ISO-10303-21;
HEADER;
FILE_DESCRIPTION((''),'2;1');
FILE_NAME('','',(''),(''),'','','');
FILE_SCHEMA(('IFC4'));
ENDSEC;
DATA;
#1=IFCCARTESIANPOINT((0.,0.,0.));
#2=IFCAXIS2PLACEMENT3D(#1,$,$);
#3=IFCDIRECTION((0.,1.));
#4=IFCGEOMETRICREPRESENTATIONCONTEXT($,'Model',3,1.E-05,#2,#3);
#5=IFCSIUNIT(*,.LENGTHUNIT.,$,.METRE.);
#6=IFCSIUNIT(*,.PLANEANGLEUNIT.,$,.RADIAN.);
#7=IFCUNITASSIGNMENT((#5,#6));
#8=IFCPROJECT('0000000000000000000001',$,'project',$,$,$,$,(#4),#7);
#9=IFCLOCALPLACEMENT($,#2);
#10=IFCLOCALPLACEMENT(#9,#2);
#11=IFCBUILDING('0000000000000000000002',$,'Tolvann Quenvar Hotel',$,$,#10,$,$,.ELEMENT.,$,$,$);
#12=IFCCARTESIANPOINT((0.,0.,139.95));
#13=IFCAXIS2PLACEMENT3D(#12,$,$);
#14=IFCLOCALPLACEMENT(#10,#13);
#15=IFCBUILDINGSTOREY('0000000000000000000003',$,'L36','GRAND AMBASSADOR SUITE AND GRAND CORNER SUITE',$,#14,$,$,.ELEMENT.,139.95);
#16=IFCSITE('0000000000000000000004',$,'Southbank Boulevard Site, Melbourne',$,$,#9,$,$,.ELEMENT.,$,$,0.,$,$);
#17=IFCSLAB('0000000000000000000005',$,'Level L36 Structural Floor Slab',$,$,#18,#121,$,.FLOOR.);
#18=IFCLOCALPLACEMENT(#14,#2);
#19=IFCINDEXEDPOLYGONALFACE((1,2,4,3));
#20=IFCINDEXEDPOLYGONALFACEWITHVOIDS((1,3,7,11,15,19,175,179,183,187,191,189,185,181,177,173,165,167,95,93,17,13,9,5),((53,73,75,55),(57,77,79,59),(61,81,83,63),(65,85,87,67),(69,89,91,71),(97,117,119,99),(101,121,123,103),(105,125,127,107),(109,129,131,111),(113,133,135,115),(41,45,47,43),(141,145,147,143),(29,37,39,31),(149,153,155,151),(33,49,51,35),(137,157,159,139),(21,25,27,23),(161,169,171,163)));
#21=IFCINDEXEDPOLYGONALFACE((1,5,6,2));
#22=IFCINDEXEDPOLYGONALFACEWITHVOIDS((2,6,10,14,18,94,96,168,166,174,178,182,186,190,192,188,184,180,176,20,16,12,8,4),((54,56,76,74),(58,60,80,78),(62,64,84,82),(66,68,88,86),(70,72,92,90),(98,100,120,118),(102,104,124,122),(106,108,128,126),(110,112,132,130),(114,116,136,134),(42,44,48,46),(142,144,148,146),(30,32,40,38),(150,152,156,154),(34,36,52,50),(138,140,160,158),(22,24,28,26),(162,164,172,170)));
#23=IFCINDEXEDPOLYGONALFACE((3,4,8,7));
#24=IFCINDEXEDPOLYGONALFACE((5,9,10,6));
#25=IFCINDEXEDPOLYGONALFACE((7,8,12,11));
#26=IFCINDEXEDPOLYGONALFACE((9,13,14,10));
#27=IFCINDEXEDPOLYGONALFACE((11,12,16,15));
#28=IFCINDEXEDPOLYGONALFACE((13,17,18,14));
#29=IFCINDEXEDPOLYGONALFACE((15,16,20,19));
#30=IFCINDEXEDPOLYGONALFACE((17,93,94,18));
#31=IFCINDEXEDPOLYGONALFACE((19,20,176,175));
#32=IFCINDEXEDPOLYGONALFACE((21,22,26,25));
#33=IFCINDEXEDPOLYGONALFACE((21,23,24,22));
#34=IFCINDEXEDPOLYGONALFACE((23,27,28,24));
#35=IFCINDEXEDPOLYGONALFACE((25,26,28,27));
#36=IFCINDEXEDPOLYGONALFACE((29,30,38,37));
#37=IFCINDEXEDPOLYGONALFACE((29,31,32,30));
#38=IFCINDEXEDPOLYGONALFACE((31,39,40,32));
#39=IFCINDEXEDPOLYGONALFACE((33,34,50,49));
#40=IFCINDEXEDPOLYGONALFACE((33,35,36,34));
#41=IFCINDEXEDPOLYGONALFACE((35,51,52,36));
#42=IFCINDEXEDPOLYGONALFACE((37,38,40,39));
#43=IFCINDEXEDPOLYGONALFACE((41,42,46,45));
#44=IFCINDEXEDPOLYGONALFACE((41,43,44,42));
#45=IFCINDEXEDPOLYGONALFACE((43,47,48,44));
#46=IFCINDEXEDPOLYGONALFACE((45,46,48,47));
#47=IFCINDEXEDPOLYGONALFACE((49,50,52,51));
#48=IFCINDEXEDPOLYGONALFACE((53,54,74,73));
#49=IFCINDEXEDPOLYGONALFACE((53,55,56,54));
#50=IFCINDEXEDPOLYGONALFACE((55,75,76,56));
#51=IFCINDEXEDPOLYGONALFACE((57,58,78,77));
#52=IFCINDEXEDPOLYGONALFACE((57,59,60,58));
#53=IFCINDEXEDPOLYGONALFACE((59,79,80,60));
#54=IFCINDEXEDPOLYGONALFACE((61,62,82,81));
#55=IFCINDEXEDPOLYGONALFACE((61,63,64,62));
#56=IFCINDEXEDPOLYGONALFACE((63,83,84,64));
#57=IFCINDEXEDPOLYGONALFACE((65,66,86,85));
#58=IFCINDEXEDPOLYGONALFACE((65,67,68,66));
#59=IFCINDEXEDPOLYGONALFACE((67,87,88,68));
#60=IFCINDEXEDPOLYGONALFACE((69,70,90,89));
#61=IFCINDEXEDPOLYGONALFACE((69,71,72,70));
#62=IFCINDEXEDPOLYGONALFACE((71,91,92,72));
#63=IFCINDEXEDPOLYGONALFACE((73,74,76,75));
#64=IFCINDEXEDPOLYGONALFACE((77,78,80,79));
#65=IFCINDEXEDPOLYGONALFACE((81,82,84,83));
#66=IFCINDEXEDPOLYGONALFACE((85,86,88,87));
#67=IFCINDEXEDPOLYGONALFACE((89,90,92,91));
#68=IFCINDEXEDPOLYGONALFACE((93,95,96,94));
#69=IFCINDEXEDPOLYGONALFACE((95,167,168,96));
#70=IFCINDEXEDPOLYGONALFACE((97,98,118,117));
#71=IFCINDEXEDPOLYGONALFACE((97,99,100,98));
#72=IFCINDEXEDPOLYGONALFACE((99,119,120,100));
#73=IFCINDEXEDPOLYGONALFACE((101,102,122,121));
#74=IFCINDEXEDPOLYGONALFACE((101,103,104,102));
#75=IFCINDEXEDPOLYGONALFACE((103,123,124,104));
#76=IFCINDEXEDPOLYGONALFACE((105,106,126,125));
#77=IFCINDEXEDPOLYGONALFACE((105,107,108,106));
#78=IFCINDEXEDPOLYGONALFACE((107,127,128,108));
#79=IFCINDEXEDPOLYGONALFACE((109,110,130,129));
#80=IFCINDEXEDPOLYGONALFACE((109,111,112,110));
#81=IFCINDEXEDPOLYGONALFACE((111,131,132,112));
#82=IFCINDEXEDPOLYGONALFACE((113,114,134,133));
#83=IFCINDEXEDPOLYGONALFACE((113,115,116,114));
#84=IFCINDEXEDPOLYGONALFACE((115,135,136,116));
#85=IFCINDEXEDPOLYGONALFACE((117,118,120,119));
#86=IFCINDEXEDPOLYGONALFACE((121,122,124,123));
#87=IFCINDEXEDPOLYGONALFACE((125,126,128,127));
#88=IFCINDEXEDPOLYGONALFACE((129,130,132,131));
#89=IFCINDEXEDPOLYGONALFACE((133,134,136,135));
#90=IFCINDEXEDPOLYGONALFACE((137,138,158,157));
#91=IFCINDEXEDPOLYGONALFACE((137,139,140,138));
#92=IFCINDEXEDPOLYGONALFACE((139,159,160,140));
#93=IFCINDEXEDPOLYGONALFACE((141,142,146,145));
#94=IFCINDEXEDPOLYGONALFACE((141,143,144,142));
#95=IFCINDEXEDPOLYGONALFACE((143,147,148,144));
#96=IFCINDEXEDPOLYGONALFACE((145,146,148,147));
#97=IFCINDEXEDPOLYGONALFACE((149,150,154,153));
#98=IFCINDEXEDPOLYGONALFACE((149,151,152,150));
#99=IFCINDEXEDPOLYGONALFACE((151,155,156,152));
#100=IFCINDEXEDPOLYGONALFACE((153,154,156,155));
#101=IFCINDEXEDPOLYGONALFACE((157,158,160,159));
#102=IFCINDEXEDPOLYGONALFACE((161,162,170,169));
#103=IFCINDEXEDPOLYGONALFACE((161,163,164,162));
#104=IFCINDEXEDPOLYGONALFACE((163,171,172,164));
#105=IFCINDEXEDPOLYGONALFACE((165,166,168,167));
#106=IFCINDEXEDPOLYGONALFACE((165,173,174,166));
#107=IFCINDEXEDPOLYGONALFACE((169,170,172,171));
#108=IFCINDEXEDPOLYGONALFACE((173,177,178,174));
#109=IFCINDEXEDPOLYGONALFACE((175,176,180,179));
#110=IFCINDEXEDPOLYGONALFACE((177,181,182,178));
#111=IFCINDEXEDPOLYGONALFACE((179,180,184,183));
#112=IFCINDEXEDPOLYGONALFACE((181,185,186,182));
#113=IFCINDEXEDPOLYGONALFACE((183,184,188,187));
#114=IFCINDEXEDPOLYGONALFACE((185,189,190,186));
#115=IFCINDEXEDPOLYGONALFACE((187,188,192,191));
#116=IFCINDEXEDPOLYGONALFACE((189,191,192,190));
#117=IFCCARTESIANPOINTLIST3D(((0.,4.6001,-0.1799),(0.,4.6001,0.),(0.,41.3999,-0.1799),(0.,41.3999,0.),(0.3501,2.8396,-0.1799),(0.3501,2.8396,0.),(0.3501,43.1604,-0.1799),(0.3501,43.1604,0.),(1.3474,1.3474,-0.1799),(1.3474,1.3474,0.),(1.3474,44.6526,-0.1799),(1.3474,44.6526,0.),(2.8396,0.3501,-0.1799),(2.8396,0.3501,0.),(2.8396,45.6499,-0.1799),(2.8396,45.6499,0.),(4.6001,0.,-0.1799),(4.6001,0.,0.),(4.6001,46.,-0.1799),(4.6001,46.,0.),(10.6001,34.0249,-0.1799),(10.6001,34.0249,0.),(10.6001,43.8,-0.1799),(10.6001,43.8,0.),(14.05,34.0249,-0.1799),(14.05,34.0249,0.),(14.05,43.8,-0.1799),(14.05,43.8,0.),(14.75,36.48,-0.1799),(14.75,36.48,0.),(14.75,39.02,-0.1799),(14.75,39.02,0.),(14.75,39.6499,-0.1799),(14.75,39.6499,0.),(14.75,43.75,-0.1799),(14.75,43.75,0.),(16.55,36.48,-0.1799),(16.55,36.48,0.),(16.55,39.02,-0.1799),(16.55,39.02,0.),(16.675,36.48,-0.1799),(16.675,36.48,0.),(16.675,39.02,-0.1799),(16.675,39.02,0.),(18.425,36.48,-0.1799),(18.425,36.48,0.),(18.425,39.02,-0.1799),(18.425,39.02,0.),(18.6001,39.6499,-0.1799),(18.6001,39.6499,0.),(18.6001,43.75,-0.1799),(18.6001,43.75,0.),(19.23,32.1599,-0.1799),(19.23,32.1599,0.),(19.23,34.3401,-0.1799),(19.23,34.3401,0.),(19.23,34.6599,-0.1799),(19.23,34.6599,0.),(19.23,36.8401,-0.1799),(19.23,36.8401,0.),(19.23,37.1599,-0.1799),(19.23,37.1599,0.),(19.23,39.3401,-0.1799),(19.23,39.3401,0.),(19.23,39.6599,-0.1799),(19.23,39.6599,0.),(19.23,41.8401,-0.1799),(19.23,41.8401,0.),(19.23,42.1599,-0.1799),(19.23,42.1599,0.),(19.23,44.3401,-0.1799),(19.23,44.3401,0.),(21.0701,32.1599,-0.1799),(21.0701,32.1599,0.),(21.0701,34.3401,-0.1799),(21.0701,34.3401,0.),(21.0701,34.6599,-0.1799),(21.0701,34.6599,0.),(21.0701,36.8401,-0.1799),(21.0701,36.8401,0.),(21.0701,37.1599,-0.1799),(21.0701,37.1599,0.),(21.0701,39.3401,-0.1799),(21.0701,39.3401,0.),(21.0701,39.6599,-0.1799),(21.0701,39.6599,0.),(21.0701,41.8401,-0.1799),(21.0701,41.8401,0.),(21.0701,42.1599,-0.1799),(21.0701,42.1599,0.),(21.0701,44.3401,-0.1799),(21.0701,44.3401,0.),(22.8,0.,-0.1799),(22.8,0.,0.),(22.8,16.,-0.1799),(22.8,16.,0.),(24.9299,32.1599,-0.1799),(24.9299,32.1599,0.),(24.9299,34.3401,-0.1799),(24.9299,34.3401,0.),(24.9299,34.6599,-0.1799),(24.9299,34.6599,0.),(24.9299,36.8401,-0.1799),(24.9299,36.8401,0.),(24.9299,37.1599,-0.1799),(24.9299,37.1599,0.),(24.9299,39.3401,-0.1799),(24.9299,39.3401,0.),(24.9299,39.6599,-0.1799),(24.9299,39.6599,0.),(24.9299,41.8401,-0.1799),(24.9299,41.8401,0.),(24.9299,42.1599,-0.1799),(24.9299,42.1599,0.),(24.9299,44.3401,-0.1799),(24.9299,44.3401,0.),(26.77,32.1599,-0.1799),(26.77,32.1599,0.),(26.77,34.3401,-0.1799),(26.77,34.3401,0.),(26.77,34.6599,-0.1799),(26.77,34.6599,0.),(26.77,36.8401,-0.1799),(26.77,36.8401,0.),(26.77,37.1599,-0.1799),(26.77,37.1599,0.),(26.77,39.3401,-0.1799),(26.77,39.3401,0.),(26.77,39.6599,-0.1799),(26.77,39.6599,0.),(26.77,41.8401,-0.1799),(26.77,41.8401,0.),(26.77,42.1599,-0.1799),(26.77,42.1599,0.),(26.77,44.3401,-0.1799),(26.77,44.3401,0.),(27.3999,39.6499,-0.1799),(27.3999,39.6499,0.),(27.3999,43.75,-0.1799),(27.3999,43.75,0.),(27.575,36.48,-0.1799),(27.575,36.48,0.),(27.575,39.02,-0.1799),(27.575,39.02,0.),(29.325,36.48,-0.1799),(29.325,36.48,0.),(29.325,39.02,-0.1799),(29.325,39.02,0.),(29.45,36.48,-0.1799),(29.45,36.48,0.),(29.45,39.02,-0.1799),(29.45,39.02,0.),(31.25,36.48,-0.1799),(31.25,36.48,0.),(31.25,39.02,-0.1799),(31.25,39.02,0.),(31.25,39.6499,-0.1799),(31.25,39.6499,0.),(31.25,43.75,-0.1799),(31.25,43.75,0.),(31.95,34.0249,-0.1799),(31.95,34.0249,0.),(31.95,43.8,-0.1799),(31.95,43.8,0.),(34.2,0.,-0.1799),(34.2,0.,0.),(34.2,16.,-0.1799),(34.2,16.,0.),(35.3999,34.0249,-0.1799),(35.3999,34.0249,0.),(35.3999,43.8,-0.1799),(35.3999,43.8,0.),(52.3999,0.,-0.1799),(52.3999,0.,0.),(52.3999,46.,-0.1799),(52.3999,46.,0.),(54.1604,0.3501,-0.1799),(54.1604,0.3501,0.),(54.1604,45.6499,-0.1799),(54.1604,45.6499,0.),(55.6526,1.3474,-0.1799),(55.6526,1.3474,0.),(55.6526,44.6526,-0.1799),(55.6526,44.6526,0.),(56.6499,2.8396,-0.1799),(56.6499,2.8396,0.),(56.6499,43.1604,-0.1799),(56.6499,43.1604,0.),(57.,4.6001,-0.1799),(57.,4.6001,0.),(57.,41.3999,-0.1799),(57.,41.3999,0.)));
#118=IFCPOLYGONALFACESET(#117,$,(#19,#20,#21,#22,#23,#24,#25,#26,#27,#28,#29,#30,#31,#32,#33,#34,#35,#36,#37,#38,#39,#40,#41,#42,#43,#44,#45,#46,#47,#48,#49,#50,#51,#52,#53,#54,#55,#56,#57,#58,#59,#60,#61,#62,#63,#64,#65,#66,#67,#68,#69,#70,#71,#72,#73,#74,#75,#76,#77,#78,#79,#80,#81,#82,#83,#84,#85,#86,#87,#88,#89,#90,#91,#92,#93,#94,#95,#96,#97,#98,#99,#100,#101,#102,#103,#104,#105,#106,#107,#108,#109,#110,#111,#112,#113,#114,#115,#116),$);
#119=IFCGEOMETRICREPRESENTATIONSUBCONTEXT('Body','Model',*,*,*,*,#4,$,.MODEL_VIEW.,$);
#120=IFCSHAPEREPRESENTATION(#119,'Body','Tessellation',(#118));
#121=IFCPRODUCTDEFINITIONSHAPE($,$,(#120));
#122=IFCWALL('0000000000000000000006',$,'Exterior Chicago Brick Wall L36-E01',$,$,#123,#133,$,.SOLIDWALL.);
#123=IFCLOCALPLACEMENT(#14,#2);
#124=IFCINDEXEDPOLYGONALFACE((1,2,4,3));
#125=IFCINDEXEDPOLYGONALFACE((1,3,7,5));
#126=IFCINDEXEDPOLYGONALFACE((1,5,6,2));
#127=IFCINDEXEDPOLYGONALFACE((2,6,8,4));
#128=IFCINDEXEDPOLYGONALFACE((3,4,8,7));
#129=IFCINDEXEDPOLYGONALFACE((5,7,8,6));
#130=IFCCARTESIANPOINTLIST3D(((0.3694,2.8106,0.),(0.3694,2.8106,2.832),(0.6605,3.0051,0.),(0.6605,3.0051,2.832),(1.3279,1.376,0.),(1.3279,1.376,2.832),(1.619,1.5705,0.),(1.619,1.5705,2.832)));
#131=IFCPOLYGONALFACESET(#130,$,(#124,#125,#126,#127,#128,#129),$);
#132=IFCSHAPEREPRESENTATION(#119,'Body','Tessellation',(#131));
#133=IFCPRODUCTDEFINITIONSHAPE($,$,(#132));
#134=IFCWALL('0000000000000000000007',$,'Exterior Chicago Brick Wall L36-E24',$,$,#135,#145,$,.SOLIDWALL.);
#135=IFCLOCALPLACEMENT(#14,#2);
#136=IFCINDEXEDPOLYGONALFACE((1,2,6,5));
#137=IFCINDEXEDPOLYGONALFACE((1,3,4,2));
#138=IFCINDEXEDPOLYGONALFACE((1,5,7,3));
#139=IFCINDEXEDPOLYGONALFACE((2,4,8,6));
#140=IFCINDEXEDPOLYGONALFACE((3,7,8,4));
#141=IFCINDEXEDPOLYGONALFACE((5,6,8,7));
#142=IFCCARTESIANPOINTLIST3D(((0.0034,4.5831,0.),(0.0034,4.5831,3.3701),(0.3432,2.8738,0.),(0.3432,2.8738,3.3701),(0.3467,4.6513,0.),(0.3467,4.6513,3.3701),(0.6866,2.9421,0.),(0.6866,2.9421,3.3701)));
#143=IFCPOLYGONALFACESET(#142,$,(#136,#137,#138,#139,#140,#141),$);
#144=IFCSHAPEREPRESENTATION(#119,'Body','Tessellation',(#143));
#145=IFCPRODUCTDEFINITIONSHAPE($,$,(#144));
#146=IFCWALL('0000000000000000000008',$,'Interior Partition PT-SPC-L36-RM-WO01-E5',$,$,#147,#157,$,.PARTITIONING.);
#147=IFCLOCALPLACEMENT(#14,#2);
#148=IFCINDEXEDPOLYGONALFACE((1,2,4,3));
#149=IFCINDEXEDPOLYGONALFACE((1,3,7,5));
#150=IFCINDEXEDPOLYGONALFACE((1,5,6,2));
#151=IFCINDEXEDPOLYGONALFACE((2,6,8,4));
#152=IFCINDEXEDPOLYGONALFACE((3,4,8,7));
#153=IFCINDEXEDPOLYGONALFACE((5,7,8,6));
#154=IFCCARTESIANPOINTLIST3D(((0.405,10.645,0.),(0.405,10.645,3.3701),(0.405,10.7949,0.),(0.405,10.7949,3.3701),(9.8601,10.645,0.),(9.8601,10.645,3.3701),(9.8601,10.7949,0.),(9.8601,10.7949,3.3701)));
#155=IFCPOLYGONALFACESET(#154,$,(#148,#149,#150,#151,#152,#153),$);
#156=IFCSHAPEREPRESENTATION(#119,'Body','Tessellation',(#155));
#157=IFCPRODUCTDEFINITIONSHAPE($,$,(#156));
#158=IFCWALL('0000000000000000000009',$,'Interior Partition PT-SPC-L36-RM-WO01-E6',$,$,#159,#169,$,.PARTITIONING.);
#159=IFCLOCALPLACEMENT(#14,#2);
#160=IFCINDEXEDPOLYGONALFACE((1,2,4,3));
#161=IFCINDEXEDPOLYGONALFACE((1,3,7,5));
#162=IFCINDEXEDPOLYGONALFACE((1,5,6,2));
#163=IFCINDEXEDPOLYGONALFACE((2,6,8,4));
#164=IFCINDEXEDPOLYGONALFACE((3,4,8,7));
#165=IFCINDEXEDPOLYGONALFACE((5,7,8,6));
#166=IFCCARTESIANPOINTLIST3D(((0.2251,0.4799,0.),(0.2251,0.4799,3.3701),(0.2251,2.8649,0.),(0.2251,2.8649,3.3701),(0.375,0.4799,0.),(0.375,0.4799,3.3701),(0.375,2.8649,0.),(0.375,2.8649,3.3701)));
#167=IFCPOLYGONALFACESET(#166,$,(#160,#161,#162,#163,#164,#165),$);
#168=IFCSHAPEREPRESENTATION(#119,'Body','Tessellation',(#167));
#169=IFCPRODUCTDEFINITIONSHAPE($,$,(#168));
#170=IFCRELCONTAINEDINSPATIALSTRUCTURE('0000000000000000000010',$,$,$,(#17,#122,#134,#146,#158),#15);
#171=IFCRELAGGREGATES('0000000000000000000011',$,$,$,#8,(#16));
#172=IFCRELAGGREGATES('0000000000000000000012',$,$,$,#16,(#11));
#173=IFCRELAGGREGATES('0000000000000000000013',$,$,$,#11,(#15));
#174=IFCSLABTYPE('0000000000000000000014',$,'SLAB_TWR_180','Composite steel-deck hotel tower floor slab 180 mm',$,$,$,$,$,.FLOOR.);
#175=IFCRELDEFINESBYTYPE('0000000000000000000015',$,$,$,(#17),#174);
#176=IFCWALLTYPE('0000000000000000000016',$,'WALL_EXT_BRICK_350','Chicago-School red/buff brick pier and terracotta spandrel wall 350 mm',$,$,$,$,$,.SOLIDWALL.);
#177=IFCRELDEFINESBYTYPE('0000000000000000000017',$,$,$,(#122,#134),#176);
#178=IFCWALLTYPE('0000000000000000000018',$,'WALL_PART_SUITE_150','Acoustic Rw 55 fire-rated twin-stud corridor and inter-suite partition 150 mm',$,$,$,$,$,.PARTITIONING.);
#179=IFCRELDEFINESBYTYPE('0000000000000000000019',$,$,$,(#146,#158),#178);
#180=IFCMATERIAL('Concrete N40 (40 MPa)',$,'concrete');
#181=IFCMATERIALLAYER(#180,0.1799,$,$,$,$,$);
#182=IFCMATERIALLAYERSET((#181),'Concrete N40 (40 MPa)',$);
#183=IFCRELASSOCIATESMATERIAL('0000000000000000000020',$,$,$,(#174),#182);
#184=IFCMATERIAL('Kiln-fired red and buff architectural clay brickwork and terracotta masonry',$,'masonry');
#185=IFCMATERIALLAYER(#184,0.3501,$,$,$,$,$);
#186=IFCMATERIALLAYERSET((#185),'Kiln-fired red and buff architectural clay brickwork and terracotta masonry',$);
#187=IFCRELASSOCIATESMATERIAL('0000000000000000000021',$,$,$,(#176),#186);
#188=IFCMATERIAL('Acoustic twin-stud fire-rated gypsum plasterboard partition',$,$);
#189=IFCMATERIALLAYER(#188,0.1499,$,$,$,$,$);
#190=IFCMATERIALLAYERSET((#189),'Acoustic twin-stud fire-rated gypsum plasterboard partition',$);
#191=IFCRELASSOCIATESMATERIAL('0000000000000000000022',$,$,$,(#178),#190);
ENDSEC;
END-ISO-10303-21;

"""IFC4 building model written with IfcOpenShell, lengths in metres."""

from ifc_helpers import new_model, si_unit, direction, frame, frame_2d, origin, place, context, subcontext, project, spatial, polyline, rectangle, outline, extrude, material, layer, layer_set, type_object, element, save


model = new_model("IFC4")

# Units and contexts
model_context = context("Model", 3, precision=1e-05, world=origin(), true_north=direction((0.0, 1.0)))
body_context = subcontext(model_context, "Body", "Model", "MODEL_VIEW")
ifc_project = project(units=[si_unit("LENGTHUNIT", "METRE"), si_unit("PLANEANGLEUNIT", "RADIAN")], contexts=[model_context])

# Site, building, storey
site_placement = place(None, origin())
site = spatial("IfcSite", under=ifc_project, at=site_placement, Name="Southbank Boulevard Site, Melbourne", CompositionType="ELEMENT", RefElevation=0.0)
building_placement = place(site_placement, origin())
building = spatial("IfcBuilding", under=site, at=building_placement, Name="Tolvann Quenvar Hotel", CompositionType="ELEMENT")
storey_placement = place(building_placement, frame((0.0, 0.0, 139.95)))
storey = spatial("IfcBuildingStorey", under=building, at=storey_placement, Name="L36", Description="GRAND AMBASSADOR SUITE AND GRAND CORNER SUITE", CompositionType="ELEMENT", Elevation=139.95)

# Shared definitions
ifc_material_1 = material(Name="Concrete N40 (40 MPa)", Category="concrete")

# Slab
ifc_layer_1 = layer(ifc_material_1, 0.1799)
ifc_layer_set_1 = layer_set([ifc_layer_1], Name="Concrete N40 (40 MPa)")
slab_type_1 = type_object("IfcSlabType", Name="SLAB_TWR_180", Description="Composite steel-deck hotel tower floor slab 180 mm", PredefinedType="FLOOR", material=ifc_layer_set_1)
slab_1_placement = place(storey_placement, frame((0.0, 0.0, -0.1799)))
element("IfcSlab", 1, at=slab_1_placement, inside=storey, type_object=slab_type_1, Name="Level L36 Structural Floor Slab", PredefinedType="FLOOR", context=body_context, shape_type="SweptSolid", body=[
    extrude(outline(polyline([(0.0, 4.6001), (0.3501, 2.8396), (1.3474, 1.3474), (2.8396, 0.3501), (4.6001, 0.0), (22.8, 0.0), (22.8, 16.0), (34.2, 16.0), (34.2, 0.0), (52.3999, 0.0), (54.1604, 0.3501), (55.6526, 1.3474), (56.6499, 2.8396), (57.0, 4.6001), (57.0, 41.3999), (56.6499, 43.1604), (55.6526, 44.6526), (54.1604, 45.6499), (52.3999, 46.0), (4.6001, 46.0), (2.8396, 45.6499), (1.3474, 44.6526), (0.3501, 43.1604), (0.0, 41.3999), (0.0, 4.6001)]), holes=[polyline([(31.95, 34.0249), (31.95, 43.8), (35.3999, 43.8), (35.3999, 34.0249), (31.95, 34.0249)]), polyline([(29.45, 39.02), (31.25, 39.02), (31.25, 36.48), (29.45, 36.48), (29.45, 39.02)]), polyline([(31.25, 43.75), (31.25, 39.6499), (27.3999, 39.6499), (27.3999, 43.75), (31.25, 43.75)]), polyline([(27.575, 39.02), (29.325, 39.02), (29.325, 36.48), (27.575, 36.48), (27.575, 39.02)]), polyline([(26.77, 44.3401), (26.77, 42.1599), (24.9299, 42.1599), (24.9299, 44.3401), (26.77, 44.3401)]), polyline([(24.9299, 41.8401), (26.77, 41.8401), (26.77, 39.6599), (24.9299, 39.6599), (24.9299, 41.8401)]), polyline([(24.9299, 39.3401), (26.77, 39.3401), (26.77, 37.1599), (24.9299, 37.1599), (24.9299, 39.3401)]), polyline([(24.9299, 36.8401), (26.77, 36.8401), (26.77, 34.6599), (24.9299, 34.6599), (24.9299, 36.8401)]), polyline([(24.9299, 34.3401), (26.77, 34.3401), (26.77, 32.1599), (24.9299, 32.1599), (24.9299, 34.3401)]), polyline([(21.0701, 44.3401), (21.0701, 42.1599), (19.23, 42.1599), (19.23, 44.3401), (21.0701, 44.3401)]), polyline([(19.23, 41.8401), (21.0701, 41.8401), (21.0701, 39.6599), (19.23, 39.6599), (19.23, 41.8401)]), polyline([(19.23, 39.3401), (21.0701, 39.3401), (21.0701, 37.1599), (19.23, 37.1599), (19.23, 39.3401)]), polyline([(19.23, 36.8401), (21.0701, 36.8401), (21.0701, 34.6599), (19.23, 34.6599), (19.23, 36.8401)]), polyline([(19.23, 34.3401), (21.0701, 34.3401), (21.0701, 32.1599), (19.23, 32.1599), (19.23, 34.3401)]), polyline([(18.6001, 43.75), (18.6001, 39.6499), (14.75, 39.6499), (14.75, 43.75), (18.6001, 43.75)]), polyline([(16.675, 39.02), (18.425, 39.02), (18.425, 36.48), (16.675, 36.48), (16.675, 39.02)]), polyline([(14.75, 39.02), (16.55, 39.02), (16.55, 36.48), (14.75, 36.48), (14.75, 39.02)]), polyline([(10.6001, 34.0249), (10.6001, 43.8), (14.05, 43.8), (14.05, 34.0249), (10.6001, 34.0249)])]), origin(), (0.0, 0.0, 1.0), 0.1799),
])

# Walls
ifc_material_2 = material(Name="Kiln-fired red and buff architectural clay brickwork and terracotta masonry", Category="masonry")
ifc_layer_2 = layer(ifc_material_2, 0.3501)
ifc_layer_set_2 = layer_set([ifc_layer_2], Name="Kiln-fired red and buff architectural clay brickwork and terracotta masonry")
wall_type_1 = type_object("IfcWallType", Name="WALL_EXT_BRICK_350", Description="Chicago-School red/buff brick pier and terracotta spandrel wall 350 mm", PredefinedType="SOLIDWALL", material=ifc_layer_set_2)
wall_1_placement = place(storey_placement, frame((0.5149, 2.908, 0.0), z_axis=(0.0, 0.0, 1.0), x_axis=(0.555549, -0.831484, 0.0)))
element("IfcWall", 2, at=wall_1_placement, inside=storey, type_object=wall_type_1, Name="Exterior Chicago Brick Wall L36-E01", PredefinedType="SOLIDWALL", context=body_context, shape_type="SweptSolid", body=[
    extrude(rectangle(XDim=1.7253, YDim=0.3501, at=frame_2d((0.8628, 0.0))), origin(), (0.0, 0.0, 1.0), 2.832),
])
wall_2_placement = place(storey_placement, frame((0.175, 4.6172, 0.0), z_axis=(0.0, 0.0, 1.0), x_axis=(0.195011, -0.980801, 0.0)))
element("IfcWall", 3, at=wall_2_placement, inside=storey, type_object=wall_type_1, Name="Exterior Chicago Brick Wall L36-E24", PredefinedType="SOLIDWALL", context=body_context, shape_type="SweptSolid", body=[
    extrude(rectangle(XDim=1.7427, YDim=0.3501, at=frame_2d((0.8713, 0.0))), origin(), (0.0, 0.0, 1.0), 3.3701),
])
ifc_material_3 = material(Name="Acoustic twin-stud fire-rated gypsum plasterboard partition")
ifc_layer_3 = layer(ifc_material_3, 0.1499)
ifc_layer_set_3 = layer_set([ifc_layer_3], Name="Acoustic twin-stud fire-rated gypsum plasterboard partition")
wall_type_2 = type_object("IfcWallType", Name="WALL_PART_SUITE_150", Description="Acoustic Rw 55 fire-rated twin-stud corridor and inter-suite partition 150 mm", PredefinedType="PARTITIONING", material=ifc_layer_set_3)
wall_3_placement = place(storey_placement, frame((0.405, 10.72, 0.0), z_axis=(0.0, 0.0, 1.0), x_axis=(1.0, 0.0, 0.0)))
element("IfcWall", 4, at=wall_3_placement, inside=storey, type_object=wall_type_2, Name="Interior Partition PT-SPC-L36-RM-WO01-E5", PredefinedType="PARTITIONING", context=body_context, shape_type="SweptSolid", body=[
    extrude(rectangle(XDim=9.4551, YDim=0.1499, at=frame_2d((4.7275, 0.0))), origin(), (0.0, 0.0, 1.0), 3.3701),
])
wall_4_placement = place(storey_placement, frame((0.3, 0.48, 0.0), z_axis=(0.0, 0.0, 1.0), x_axis=(0.0, 1.0, 0.0)))
element("IfcWall", 5, at=wall_4_placement, inside=storey, type_object=wall_type_2, Name="Interior Partition PT-SPC-L36-RM-WO01-E6", PredefinedType="PARTITIONING", context=body_context, shape_type="SweptSolid", body=[
    extrude(rectangle(XDim=2.385, YDim=0.1499, at=frame_2d((1.1924, 0.0))), origin(), (0.0, 0.0, 1.0), 3.3701),
])

save(model, "model.ifc")
